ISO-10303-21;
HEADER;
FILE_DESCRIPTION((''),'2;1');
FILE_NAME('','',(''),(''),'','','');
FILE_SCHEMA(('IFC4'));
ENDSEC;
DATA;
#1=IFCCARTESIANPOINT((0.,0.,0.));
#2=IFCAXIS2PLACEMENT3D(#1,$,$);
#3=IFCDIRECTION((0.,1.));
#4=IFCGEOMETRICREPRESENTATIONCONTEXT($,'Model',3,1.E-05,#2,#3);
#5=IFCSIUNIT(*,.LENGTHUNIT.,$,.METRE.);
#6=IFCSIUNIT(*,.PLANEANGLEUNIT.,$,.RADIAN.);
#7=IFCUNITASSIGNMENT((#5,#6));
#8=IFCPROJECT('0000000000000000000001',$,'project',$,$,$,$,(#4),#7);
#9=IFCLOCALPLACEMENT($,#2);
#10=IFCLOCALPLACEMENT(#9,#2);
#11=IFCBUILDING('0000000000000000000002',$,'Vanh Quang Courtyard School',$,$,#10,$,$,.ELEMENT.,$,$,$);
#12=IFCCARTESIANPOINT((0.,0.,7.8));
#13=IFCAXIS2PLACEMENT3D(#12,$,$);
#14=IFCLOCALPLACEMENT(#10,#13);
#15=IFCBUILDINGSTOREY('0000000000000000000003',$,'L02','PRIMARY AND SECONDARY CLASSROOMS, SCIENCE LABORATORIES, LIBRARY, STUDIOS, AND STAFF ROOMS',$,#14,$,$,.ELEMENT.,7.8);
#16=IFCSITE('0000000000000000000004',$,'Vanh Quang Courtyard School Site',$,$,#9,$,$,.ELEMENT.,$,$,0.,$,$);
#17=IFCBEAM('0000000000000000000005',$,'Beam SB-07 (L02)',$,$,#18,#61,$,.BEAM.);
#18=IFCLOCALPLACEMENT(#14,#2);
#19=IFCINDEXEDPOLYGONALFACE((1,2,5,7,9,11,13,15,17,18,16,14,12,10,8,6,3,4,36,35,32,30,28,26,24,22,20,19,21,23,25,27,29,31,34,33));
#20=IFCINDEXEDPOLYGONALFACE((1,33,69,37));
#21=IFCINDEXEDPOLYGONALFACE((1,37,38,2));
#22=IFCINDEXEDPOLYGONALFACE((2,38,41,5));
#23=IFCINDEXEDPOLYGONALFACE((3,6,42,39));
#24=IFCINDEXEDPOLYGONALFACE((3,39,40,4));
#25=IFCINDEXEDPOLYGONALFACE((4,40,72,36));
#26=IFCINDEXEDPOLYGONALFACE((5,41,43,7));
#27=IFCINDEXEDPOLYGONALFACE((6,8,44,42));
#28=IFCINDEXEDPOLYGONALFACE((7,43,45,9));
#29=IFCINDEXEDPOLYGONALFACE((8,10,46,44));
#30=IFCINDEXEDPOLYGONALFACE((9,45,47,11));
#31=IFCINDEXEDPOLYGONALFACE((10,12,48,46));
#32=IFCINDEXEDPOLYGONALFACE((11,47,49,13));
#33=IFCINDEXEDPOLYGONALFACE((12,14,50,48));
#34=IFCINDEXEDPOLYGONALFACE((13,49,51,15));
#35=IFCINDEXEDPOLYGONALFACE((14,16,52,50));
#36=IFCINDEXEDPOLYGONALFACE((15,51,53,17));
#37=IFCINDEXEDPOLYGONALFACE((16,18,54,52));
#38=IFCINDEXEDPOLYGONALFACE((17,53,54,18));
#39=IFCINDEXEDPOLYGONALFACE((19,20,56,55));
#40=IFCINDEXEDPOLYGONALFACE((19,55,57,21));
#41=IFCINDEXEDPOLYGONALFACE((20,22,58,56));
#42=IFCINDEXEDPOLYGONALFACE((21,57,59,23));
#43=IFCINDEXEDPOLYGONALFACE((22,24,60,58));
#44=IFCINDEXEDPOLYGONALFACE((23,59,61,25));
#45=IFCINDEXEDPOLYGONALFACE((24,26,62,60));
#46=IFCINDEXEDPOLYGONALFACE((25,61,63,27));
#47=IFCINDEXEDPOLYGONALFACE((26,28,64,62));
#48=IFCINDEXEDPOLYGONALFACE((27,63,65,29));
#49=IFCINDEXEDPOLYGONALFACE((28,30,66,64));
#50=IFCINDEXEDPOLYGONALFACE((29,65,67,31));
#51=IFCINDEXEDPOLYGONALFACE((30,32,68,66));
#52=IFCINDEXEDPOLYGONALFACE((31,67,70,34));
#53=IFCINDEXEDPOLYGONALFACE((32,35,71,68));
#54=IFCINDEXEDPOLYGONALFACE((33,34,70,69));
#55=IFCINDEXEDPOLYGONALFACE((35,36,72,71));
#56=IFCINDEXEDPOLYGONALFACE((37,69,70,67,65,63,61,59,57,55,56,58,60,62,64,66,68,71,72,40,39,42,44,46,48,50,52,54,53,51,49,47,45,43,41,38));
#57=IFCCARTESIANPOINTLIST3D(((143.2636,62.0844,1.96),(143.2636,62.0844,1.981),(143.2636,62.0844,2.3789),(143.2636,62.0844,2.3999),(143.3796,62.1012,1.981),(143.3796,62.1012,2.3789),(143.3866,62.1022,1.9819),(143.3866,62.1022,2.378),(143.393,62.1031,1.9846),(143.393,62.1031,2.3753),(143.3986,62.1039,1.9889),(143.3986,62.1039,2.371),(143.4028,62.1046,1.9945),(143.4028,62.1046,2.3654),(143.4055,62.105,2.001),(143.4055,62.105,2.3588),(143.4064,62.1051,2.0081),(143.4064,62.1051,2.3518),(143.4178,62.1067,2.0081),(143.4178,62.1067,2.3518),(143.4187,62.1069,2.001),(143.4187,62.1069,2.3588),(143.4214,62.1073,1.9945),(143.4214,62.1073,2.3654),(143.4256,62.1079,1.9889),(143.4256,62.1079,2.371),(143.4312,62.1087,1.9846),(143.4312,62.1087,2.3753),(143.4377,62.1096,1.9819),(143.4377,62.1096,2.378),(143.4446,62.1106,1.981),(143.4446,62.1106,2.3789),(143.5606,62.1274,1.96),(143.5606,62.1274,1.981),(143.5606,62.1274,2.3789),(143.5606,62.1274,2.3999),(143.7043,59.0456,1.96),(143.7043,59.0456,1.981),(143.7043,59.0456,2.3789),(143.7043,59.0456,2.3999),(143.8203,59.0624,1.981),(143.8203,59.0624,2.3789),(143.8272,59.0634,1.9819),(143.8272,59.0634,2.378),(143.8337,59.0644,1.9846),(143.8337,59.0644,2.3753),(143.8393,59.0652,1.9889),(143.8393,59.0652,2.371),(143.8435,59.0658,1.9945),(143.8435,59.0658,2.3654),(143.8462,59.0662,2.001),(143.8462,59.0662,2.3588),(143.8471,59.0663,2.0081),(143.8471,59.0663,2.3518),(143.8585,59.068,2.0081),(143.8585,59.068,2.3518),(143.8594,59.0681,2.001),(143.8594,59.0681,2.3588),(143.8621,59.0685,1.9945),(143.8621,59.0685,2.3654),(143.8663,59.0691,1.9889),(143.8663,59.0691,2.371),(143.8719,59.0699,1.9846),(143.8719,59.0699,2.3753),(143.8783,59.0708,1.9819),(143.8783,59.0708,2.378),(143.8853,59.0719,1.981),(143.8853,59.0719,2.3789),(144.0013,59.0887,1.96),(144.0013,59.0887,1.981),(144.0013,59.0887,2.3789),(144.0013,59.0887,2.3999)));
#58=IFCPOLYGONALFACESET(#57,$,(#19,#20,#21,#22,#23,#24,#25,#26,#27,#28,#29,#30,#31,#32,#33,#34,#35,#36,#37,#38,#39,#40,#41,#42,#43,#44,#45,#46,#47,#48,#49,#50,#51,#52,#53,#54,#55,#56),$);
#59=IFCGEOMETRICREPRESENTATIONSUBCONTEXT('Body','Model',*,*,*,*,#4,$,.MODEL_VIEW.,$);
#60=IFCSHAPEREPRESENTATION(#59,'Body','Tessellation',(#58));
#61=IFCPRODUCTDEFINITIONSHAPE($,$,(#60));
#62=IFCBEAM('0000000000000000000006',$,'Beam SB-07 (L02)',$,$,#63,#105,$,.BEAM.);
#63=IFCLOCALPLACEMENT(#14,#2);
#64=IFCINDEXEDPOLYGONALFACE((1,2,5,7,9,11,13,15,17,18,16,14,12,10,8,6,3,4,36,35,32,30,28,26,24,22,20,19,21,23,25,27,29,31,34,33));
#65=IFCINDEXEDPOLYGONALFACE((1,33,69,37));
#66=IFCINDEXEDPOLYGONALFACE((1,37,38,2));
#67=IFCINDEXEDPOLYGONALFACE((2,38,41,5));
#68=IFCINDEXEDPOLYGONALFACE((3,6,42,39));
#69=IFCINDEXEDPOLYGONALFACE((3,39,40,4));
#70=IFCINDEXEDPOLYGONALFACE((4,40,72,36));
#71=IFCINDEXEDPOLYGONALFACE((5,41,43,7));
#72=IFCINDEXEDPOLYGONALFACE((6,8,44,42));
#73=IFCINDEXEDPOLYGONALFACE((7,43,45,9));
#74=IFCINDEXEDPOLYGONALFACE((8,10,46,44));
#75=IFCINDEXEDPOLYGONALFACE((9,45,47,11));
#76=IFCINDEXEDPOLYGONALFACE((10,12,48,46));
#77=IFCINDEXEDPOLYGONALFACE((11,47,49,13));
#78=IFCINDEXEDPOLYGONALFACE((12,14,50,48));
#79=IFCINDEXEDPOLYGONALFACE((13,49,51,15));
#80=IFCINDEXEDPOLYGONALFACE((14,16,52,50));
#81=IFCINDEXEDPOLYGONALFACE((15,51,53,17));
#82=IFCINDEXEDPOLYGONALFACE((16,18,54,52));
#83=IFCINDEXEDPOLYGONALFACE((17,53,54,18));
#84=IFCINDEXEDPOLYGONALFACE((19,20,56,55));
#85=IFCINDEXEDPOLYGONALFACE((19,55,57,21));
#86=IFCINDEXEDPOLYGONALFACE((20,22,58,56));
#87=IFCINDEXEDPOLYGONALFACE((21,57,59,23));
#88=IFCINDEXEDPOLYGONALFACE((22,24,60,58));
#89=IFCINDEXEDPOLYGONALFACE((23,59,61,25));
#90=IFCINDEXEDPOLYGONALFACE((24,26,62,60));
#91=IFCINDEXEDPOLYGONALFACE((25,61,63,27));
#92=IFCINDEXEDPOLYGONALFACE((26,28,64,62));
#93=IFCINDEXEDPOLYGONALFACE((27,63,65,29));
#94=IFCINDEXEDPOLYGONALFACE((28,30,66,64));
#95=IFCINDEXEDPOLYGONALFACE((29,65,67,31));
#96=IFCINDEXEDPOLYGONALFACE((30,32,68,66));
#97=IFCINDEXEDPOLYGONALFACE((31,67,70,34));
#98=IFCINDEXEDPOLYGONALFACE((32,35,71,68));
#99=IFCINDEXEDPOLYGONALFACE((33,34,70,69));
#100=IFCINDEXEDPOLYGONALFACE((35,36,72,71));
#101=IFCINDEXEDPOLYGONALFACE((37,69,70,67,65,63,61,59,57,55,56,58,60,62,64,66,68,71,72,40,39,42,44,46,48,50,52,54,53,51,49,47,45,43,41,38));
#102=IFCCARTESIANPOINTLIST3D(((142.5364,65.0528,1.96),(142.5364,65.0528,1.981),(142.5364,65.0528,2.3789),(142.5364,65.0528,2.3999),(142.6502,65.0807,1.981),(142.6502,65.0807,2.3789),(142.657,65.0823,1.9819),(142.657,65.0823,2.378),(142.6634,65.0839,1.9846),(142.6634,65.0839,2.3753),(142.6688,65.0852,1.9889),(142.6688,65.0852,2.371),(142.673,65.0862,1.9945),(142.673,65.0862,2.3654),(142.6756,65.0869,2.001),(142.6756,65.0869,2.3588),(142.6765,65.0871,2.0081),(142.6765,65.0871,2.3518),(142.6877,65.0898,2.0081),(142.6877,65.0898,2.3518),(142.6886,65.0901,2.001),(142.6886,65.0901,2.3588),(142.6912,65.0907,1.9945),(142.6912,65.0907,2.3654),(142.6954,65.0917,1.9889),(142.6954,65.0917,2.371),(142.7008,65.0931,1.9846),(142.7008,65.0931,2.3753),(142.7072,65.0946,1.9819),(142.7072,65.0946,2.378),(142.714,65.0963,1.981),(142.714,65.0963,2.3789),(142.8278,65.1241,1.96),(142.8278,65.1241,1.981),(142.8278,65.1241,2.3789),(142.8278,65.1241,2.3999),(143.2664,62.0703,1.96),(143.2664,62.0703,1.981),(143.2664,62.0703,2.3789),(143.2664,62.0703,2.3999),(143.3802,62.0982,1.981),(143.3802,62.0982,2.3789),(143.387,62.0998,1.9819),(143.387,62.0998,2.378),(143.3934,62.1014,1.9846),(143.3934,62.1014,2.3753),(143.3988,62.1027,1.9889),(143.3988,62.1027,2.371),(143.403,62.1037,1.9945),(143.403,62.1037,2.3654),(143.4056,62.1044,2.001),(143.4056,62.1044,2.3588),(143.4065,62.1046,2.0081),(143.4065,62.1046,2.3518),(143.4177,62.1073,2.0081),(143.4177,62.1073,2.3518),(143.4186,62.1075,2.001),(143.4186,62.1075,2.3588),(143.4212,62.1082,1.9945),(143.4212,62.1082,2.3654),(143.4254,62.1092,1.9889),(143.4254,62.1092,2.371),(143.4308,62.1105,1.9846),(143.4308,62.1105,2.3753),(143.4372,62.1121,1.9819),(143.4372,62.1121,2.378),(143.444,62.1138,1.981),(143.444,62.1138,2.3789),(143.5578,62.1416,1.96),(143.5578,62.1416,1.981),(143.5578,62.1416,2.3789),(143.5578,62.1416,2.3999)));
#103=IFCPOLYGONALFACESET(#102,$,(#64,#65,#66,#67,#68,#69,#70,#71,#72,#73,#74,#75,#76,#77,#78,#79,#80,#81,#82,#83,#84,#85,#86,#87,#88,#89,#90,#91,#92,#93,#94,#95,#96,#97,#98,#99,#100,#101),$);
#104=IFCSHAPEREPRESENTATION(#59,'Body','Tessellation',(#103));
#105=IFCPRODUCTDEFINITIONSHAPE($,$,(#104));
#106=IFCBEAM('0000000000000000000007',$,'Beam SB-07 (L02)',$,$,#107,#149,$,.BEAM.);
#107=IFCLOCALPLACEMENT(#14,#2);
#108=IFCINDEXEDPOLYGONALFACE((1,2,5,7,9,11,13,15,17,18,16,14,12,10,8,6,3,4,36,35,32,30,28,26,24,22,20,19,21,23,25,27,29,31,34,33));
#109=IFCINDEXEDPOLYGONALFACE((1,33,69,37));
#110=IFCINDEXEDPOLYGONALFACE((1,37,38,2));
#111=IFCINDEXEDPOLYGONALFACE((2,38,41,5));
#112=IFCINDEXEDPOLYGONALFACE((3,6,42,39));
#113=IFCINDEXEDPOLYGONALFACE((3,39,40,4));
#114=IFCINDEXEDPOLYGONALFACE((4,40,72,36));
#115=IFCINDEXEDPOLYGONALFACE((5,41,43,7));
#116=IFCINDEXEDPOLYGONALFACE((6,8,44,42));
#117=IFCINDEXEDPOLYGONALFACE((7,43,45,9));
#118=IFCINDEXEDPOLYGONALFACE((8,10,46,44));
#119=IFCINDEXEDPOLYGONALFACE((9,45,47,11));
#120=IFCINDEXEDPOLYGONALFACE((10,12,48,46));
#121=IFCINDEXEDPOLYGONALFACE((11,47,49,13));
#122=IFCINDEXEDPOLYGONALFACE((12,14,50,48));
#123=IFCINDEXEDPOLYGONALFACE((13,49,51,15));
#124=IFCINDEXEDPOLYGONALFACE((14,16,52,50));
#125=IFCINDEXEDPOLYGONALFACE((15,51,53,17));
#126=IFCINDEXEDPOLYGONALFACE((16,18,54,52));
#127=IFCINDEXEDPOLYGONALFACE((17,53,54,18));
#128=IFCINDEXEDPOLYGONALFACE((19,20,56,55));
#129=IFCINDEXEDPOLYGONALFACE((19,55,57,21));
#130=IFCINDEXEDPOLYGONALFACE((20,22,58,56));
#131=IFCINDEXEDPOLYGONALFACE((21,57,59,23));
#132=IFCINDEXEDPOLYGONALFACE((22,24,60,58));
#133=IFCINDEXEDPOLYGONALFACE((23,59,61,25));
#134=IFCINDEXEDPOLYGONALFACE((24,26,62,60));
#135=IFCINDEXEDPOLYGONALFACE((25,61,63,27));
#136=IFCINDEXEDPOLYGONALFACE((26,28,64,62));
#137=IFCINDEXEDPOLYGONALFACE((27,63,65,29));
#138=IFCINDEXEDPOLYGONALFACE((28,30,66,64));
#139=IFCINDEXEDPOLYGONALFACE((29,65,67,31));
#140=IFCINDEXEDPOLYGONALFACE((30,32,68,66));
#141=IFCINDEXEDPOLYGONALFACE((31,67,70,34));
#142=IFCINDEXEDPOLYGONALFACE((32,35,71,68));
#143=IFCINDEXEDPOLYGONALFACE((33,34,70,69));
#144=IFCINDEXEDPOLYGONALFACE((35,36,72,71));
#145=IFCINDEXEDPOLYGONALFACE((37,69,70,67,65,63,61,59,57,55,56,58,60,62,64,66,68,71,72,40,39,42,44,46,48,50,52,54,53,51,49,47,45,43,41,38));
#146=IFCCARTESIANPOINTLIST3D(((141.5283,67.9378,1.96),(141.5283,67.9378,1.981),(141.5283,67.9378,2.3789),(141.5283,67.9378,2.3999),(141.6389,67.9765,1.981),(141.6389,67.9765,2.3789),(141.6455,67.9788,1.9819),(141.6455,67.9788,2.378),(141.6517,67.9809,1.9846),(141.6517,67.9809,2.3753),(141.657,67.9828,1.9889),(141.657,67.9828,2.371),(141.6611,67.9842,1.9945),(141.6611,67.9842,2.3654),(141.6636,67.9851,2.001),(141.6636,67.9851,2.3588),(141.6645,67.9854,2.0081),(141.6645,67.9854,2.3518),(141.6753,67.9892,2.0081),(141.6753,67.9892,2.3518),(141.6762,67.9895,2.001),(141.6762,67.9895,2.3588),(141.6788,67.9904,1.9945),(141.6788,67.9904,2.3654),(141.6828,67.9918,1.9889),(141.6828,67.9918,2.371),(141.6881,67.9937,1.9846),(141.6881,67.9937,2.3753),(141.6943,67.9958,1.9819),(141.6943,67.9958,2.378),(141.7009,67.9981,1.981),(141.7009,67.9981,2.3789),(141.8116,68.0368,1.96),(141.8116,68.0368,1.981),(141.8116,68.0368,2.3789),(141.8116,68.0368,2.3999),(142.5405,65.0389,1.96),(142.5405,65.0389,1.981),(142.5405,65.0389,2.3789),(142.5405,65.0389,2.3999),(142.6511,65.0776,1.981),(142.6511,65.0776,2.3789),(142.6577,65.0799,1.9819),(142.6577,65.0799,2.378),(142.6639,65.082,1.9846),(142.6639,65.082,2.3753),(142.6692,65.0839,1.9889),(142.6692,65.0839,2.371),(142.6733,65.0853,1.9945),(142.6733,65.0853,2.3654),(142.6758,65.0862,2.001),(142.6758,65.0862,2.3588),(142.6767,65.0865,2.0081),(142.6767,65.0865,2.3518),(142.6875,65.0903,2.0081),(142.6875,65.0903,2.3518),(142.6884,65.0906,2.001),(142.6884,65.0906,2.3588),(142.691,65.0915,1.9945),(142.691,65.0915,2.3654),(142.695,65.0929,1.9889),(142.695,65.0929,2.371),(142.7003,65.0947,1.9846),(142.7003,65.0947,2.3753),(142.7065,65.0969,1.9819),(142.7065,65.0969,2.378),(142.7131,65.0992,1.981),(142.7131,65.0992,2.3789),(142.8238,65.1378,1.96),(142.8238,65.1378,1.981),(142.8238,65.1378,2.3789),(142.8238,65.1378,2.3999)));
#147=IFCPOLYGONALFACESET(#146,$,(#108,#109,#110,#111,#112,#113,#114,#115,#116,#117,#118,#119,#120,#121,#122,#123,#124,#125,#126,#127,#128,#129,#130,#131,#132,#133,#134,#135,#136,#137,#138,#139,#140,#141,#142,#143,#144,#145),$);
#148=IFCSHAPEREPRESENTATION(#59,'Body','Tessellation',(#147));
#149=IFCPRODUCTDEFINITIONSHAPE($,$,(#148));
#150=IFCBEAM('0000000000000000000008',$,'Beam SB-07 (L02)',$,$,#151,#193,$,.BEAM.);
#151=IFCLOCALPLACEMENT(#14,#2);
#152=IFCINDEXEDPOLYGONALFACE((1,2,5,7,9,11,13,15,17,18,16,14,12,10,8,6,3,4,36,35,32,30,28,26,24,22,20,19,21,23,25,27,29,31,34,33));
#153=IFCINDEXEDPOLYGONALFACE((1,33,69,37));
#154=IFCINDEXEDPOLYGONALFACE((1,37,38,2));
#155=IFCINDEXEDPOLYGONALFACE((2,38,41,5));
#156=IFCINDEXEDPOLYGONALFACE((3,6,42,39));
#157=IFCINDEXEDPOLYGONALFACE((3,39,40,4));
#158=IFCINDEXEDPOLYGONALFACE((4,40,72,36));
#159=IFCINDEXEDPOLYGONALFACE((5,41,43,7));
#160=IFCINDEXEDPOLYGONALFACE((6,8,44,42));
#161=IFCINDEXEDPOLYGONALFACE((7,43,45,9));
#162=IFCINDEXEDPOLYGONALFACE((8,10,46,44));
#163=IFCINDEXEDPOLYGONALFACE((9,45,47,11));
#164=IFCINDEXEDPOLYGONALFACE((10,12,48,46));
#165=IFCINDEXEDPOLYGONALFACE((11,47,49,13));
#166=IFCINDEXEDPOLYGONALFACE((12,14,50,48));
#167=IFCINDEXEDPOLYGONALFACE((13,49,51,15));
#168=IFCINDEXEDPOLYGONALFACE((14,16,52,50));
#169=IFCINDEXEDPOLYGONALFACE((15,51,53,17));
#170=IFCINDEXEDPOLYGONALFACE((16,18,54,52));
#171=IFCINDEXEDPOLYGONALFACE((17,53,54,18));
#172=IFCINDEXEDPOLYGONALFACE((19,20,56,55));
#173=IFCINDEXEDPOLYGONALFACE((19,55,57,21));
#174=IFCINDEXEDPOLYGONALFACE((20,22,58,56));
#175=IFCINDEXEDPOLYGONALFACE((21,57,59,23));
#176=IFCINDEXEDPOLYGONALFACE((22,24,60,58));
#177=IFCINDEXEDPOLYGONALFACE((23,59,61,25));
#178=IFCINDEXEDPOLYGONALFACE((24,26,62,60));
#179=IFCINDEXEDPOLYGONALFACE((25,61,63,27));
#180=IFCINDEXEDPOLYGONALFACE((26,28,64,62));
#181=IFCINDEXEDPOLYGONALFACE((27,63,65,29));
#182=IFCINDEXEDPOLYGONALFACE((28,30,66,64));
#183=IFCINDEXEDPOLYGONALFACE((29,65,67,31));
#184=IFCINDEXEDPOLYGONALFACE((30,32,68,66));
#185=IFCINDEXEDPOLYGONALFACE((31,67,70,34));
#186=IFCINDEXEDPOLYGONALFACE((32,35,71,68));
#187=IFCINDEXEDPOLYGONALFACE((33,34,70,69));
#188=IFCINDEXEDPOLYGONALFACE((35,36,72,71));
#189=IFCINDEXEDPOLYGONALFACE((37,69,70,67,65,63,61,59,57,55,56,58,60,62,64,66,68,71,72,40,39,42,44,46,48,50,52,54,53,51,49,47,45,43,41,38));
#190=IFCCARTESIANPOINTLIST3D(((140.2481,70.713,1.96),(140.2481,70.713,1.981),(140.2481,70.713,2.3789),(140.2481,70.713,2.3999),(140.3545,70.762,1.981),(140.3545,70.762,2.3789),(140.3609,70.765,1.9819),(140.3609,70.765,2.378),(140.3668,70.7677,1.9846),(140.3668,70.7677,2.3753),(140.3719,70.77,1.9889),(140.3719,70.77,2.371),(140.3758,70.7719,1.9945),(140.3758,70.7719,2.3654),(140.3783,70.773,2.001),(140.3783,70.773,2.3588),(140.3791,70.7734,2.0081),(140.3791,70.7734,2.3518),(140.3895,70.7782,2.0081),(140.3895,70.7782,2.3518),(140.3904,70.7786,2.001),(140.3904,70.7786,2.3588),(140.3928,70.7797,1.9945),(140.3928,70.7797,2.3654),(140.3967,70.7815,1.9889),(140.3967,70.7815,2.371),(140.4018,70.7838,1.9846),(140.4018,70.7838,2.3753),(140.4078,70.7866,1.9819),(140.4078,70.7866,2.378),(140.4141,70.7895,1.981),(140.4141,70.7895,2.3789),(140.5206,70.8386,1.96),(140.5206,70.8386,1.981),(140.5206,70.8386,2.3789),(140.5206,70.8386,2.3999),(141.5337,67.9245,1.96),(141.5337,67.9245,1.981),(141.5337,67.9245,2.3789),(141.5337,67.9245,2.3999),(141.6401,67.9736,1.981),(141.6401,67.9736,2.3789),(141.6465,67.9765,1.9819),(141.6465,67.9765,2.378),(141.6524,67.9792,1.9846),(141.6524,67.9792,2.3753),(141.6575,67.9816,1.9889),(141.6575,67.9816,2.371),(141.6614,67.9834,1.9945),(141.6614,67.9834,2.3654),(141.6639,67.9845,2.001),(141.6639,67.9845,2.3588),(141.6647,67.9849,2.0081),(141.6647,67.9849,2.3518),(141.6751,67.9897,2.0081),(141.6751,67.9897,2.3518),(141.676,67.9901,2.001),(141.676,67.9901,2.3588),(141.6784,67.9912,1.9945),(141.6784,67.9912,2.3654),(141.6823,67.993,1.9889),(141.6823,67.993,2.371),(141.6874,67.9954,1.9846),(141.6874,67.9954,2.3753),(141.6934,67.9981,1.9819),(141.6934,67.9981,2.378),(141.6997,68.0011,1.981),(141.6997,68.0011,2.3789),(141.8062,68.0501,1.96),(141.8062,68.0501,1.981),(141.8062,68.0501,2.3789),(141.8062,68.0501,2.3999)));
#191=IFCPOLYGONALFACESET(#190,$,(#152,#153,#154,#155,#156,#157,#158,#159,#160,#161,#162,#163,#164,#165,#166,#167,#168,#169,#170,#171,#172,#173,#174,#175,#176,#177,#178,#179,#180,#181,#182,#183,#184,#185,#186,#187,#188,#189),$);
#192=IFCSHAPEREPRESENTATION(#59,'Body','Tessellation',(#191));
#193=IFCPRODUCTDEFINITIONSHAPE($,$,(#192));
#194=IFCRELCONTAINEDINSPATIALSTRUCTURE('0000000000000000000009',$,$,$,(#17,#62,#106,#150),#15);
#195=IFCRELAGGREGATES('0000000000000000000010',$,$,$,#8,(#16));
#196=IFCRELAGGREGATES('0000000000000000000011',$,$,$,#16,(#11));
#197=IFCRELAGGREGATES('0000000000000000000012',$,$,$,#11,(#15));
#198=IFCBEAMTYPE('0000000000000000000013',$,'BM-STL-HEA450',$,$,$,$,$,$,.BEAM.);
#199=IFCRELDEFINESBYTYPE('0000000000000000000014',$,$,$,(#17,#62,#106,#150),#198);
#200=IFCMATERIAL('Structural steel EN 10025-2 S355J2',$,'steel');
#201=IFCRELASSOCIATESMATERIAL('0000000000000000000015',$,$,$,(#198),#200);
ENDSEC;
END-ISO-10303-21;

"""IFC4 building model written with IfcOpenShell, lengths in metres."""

from ifc_helpers import new_model, si_unit, direction, frame, origin, origin_2d, place, context, subcontext, project, spatial, i_section, extrude, material, material_profile, profile_set, type_object, element, save


model = new_model("IFC4")

# Units and contexts
model_context = context("Model", 3, precision=1e-05, world=origin(), true_north=direction((0.0, 1.0)))
body_context = subcontext(model_context, "Body", "Model", "MODEL_VIEW")
ifc_project = project(units=[si_unit("LENGTHUNIT", "METRE"), si_unit("PLANEANGLEUNIT", "RADIAN")], contexts=[model_context])

# Site, building, storey
site_placement = place(None, origin())
site = spatial("IfcSite", under=ifc_project, at=site_placement, Name="Vanh Quang Courtyard School Site", CompositionType="ELEMENT", RefElevation=0.0)
building_placement = place(site_placement, origin())
building = spatial("IfcBuilding", under=site, at=building_placement, Name="Vanh Quang Courtyard School", CompositionType="ELEMENT")
storey_placement = place(building_placement, frame((0.0, 0.0, 7.8)))
storey = spatial("IfcBuildingStorey", under=building, at=storey_placement, Name="L02", Description="PRIMARY AND SECONDARY CLASSROOMS, SCIENCE LABORATORIES, LIBRARY, STUDIOS, AND STAFF ROOMS", CompositionType="ELEMENT", Elevation=7.8)

# Beams
ifc_material_1 = material(Name="Structural steel EN 10025-2 S355J2", Category="steel")
ifc_material_profile_1 = material_profile(ifc_material_1, i_section(OverallWidth=0.3, OverallDepth=0.4399, WebThickness=0.0115, FlangeThickness=0.021, FilletRadius=0.0271, at=origin_2d()), Name="HEA 450")
ifc_profile_set_1 = profile_set([ifc_material_profile_1], Name="Structural steel EN 10025-2 S355J2")
beam_type_1 = type_object("IfcBeamType", Name="BM-STL-HEA450", PredefinedType="BEAM", material=ifc_profile_set_1)
for number, where, z_axis, x_axis, name in (
    (1, (143.8528, 59.0671, 2.1799), (-0.143514, 0.989648, 0.0), (-0.989648, -0.143514, 0.0), "Beam SB-07 (L02)"),
    (2, (143.4121, 62.106, 2.1799), (-0.237743, 0.971328, 0.0), (-0.971328, -0.237743, 0.0), "Beam SB-07 (L02)"),
    (3, (142.6821, 65.0884, 2.1799), (-0.329649, 0.944104, 0.0), (-0.944104, -0.329649, 0.0), "Beam SB-07 (L02)"),
    (4, (141.6699, 67.9873, 2.1799), (-0.418685, 0.908132, 0.0), (-0.908132, -0.418685, 0.0), "Beam SB-07 (L02)"),
):
    element("IfcBeam", number, at=place(storey_placement, frame(where, z_axis=z_axis, x_axis=x_axis)), inside=storey, type_object=beam_type_1, Name=name, PredefinedType="BEAM", context=body_context, shape_type="SweptSolid", body=[
        extrude(i_section(OverallWidth=0.3, OverallDepth=0.4399, WebThickness=0.0115, FlangeThickness=0.021, FilletRadius=0.0271, at=origin_2d()), origin(), (0.0, 0.0, 1.0), 3.0706),
    ])

save(model, "model.ifc")
